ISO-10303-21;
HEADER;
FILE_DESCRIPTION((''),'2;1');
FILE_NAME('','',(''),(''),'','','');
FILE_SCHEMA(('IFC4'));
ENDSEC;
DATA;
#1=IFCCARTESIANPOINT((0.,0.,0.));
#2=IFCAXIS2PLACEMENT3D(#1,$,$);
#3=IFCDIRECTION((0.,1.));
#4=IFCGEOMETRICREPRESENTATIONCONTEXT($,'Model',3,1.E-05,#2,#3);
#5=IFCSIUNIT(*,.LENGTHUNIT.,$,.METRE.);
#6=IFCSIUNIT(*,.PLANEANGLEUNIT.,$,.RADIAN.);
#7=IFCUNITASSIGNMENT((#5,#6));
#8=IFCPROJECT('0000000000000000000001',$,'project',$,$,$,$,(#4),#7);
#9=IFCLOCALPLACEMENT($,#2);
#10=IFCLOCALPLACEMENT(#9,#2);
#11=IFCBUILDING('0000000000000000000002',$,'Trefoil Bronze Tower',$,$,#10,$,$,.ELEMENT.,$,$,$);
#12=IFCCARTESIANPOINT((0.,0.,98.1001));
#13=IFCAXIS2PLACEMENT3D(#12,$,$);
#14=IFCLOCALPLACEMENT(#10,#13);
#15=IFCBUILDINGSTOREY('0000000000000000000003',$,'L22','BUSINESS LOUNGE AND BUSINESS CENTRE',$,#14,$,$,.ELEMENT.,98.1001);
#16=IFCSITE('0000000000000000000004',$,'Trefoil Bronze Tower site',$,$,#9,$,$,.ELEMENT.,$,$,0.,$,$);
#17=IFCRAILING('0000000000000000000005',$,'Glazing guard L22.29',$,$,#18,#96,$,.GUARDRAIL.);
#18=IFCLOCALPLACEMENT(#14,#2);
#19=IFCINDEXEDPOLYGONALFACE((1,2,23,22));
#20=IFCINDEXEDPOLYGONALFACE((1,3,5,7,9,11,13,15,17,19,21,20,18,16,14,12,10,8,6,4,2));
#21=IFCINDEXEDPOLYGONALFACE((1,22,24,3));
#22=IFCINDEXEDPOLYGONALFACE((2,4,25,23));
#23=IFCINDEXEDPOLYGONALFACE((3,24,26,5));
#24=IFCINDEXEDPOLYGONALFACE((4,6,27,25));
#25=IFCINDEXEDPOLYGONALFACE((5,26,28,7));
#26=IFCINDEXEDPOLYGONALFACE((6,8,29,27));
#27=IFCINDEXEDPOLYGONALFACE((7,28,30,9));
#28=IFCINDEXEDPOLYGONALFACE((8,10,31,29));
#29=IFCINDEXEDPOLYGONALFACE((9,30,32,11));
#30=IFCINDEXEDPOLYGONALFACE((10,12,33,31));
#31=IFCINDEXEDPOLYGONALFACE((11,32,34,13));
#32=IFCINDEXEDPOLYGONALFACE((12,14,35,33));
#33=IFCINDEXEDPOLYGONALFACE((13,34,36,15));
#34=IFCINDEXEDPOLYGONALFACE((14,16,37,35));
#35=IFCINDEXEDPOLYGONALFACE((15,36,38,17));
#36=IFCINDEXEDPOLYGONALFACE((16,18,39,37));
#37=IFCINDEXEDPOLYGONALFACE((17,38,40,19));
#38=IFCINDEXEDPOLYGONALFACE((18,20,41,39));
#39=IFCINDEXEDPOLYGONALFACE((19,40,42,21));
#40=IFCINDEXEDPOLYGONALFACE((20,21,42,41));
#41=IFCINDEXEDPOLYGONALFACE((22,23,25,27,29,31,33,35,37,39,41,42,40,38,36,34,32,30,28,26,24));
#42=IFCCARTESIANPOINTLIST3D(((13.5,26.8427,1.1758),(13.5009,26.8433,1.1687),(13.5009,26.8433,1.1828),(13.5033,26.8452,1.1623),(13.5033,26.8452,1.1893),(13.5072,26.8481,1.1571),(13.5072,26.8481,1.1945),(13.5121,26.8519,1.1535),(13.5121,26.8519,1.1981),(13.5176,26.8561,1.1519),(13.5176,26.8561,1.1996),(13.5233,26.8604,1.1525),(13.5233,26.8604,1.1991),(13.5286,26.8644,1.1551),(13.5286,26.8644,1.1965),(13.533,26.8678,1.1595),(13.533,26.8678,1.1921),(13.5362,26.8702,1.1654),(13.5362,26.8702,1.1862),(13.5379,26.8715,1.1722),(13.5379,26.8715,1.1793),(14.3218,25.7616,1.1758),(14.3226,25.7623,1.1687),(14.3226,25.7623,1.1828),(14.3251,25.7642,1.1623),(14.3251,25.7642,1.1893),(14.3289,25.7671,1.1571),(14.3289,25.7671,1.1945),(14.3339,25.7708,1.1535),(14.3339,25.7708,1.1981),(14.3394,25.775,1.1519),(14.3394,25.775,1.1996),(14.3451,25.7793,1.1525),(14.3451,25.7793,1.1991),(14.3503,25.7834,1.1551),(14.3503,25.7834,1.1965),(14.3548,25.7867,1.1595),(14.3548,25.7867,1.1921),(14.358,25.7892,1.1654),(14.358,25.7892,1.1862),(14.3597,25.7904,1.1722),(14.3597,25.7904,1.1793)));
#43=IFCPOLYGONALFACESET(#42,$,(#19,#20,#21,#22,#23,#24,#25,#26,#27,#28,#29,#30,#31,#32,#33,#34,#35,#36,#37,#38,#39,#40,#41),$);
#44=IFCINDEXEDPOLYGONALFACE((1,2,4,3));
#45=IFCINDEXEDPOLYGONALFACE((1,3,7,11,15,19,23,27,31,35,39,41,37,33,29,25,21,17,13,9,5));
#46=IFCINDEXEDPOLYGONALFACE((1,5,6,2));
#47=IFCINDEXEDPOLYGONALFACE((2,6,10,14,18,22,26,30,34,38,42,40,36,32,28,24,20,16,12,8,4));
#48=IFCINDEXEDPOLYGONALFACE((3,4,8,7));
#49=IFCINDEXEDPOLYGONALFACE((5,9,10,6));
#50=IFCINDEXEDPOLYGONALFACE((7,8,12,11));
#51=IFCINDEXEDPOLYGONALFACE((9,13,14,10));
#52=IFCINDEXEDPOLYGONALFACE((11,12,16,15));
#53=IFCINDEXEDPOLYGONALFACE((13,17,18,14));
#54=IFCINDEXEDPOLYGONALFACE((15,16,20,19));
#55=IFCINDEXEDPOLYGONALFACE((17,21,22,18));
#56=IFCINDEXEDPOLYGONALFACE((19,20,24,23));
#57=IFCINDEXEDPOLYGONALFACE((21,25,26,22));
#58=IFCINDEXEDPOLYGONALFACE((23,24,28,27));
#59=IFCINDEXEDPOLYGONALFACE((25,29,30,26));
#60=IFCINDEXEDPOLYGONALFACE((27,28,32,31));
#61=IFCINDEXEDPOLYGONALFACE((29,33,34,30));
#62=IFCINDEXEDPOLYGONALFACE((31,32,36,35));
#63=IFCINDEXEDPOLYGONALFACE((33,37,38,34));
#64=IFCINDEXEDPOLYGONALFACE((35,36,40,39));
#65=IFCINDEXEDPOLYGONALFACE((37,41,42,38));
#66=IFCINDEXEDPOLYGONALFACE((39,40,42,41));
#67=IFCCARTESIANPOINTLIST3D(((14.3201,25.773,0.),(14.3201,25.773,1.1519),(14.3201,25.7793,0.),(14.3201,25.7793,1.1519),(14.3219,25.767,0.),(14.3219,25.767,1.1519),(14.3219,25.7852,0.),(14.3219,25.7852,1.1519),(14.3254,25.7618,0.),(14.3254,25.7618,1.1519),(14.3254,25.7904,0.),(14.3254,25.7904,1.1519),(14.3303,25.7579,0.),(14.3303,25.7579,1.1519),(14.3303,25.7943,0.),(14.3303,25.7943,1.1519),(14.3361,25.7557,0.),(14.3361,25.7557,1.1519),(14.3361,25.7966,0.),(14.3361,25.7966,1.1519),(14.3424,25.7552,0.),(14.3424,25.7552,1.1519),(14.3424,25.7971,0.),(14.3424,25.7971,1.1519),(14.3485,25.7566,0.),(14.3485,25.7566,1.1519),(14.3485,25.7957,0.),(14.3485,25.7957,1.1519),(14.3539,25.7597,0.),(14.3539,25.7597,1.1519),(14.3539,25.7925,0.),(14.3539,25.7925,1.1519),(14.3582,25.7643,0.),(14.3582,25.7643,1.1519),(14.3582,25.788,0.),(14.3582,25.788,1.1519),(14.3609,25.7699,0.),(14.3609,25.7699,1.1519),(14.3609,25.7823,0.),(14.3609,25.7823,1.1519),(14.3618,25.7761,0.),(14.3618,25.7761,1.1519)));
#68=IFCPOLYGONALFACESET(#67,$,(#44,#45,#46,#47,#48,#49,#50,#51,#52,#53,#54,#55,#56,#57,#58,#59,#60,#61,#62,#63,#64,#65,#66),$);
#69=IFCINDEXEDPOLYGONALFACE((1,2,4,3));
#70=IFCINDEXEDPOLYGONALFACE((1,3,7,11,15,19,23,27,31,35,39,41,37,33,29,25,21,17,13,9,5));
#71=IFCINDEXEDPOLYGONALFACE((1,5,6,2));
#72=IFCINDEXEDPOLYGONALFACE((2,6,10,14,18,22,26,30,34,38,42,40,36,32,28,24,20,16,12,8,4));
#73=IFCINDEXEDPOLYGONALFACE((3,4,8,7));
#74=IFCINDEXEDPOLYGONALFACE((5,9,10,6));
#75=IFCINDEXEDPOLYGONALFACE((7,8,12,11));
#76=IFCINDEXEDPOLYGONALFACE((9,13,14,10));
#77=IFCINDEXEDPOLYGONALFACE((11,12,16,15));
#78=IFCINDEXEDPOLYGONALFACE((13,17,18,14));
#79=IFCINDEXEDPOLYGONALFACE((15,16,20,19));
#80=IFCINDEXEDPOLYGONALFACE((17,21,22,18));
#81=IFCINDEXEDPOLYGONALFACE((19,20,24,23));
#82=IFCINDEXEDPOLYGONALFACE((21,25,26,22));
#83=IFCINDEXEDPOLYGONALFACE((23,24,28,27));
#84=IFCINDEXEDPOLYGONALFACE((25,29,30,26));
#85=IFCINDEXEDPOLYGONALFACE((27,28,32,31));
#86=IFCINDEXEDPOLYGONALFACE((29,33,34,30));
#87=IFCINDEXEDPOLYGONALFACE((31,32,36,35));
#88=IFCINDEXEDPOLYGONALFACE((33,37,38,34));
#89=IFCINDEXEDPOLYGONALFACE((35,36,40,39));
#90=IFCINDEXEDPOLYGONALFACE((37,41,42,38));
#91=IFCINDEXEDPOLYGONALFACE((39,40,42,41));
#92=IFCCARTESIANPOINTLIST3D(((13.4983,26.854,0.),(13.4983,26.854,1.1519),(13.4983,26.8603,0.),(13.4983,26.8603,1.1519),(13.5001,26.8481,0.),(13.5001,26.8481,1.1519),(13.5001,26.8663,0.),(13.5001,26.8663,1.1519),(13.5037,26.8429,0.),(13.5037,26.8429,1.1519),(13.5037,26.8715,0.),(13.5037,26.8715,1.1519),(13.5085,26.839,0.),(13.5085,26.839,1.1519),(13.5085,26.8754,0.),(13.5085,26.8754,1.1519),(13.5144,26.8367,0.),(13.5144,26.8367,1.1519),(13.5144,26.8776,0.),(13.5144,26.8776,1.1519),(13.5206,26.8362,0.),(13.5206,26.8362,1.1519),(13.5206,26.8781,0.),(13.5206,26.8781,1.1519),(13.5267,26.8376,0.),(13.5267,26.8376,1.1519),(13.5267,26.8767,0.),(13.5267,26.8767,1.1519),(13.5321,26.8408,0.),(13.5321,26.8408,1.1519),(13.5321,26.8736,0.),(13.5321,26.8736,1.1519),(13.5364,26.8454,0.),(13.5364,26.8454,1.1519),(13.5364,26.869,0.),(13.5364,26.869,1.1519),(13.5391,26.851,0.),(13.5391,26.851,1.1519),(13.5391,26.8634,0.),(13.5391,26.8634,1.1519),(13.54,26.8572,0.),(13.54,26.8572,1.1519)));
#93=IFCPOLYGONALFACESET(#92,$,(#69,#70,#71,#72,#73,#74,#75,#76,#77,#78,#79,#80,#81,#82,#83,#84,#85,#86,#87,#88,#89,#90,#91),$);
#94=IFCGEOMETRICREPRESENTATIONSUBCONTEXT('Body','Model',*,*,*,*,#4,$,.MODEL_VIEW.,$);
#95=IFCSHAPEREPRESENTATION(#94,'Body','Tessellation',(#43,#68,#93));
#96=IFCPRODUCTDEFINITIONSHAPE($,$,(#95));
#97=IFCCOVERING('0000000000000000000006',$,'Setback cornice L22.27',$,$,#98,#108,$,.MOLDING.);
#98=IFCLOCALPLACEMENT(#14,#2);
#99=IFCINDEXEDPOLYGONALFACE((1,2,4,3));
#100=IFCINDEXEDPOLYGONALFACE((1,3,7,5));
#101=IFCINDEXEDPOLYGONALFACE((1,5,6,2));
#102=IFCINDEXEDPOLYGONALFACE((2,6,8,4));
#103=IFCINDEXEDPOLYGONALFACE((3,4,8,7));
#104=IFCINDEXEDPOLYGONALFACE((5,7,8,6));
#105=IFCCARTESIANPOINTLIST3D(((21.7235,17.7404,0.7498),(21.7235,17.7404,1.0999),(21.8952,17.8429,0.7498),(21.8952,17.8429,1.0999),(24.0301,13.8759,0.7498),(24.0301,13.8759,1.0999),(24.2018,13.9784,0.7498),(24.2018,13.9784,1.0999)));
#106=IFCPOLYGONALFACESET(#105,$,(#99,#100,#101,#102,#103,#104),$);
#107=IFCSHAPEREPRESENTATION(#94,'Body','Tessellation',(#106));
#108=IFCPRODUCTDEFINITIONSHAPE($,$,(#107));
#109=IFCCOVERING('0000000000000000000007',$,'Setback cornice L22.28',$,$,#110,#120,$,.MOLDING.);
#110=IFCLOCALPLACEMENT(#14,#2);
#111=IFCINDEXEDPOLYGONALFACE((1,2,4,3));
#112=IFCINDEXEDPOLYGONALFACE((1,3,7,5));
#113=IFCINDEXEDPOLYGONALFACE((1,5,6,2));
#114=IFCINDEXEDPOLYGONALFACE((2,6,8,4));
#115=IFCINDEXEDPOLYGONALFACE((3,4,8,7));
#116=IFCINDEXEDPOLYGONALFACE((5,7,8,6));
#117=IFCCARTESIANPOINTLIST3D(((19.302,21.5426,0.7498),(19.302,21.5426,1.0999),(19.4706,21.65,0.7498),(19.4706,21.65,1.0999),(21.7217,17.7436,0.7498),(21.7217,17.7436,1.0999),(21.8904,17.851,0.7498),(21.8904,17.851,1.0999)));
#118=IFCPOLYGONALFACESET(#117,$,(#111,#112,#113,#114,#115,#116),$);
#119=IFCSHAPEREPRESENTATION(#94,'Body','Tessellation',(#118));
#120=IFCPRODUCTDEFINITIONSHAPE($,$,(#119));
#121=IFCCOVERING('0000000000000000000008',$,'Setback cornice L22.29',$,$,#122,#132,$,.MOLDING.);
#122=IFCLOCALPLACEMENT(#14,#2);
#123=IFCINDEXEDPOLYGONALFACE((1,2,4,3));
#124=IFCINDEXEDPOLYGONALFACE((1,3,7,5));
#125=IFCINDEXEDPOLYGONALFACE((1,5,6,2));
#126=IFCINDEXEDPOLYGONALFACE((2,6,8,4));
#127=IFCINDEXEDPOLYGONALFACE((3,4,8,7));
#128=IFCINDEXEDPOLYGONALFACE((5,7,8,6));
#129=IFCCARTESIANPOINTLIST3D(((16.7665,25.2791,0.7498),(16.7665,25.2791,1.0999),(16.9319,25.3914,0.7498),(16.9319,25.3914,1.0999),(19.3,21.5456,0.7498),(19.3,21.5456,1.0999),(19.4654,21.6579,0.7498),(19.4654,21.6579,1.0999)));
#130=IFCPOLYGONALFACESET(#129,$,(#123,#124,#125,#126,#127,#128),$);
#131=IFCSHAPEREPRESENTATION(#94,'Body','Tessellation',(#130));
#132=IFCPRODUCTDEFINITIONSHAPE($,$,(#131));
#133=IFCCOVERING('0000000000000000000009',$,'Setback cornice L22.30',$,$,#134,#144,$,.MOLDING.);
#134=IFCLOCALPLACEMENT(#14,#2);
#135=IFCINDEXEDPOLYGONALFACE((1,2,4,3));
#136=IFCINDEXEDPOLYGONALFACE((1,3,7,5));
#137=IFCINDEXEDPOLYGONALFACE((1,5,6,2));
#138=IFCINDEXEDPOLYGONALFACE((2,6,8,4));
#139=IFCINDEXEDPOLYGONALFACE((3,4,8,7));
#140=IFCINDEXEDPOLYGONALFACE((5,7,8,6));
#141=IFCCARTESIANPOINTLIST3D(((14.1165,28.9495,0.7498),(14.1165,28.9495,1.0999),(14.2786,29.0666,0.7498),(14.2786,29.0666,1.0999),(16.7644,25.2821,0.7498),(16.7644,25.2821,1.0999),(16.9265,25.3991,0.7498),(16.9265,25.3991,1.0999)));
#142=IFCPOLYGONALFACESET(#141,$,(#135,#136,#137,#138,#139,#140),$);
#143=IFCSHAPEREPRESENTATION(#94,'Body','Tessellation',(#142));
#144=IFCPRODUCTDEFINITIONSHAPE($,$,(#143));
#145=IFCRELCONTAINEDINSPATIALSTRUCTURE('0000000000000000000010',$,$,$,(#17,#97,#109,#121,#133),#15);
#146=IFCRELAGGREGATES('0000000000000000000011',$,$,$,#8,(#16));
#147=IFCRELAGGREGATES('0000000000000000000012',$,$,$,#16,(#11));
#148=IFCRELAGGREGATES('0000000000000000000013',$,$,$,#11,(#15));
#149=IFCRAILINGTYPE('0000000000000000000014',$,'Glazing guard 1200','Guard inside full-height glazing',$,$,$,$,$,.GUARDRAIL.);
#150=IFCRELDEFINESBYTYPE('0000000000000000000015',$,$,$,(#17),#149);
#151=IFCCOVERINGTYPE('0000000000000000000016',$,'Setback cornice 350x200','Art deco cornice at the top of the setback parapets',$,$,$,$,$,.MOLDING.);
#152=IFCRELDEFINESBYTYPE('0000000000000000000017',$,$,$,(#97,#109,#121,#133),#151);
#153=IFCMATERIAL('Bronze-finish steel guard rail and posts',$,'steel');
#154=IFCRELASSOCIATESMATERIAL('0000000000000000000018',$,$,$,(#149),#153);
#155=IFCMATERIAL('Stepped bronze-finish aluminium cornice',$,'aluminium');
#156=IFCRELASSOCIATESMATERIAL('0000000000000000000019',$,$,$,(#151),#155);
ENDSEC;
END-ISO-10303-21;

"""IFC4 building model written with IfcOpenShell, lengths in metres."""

from ifc_helpers import new_model, si_unit, direction, frame, origin, origin_2d, place, context, subcontext, project, spatial, rectangle, circle, extrude, material, type_object, element, save


model = new_model("IFC4")

# Units and contexts
model_context = context("Model", 3, precision=1e-05, world=origin(), true_north=direction((0.0, 1.0)))
body_context = subcontext(model_context, "Body", "Model", "MODEL_VIEW")
ifc_project = project(units=[si_unit("LENGTHUNIT", "METRE"), si_unit("PLANEANGLEUNIT", "RADIAN")], contexts=[model_context])

# Site, building, storey
site_placement = place(None, origin())
site = spatial("IfcSite", under=ifc_project, at=site_placement, Name="Trefoil Bronze Tower site", CompositionType="ELEMENT", RefElevation=0.0)
building_placement = place(site_placement, origin())
building = spatial("IfcBuilding", under=site, at=building_placement, Name="Trefoil Bronze Tower", CompositionType="ELEMENT")
storey_placement = place(building_placement, frame((0.0, 0.0, 98.1001)))
storey = spatial("IfcBuildingStorey", under=building, at=storey_placement, Name="L22", Description="BUSINESS LOUNGE AND BUSINESS CENTRE", CompositionType="ELEMENT", Elevation=98.1001)

# Railing
ifc_material_1 = material(Name="Bronze-finish steel guard rail and posts", Category="steel")
railing_type_1 = type_object("IfcRailingType", Name="Glazing guard 1200", Description="Guard inside full-height glazing", PredefinedType="GUARDRAIL", material=ifc_material_1)
railing_1_placement = place(storey_placement, frame((14.3408, 25.7761, 0.0)))
element("IfcRailing", 1, at=railing_1_placement, inside=storey, type_object=railing_type_1, Name="Glazing guard L22.29", PredefinedType="GUARDRAIL", context=body_context, shape_type="SweptSolid", body=[
    extrude(circle(Radius=0.0239, at=origin_2d()), frame((0.0, 0.0, 1.1758), z_axis=(-0.605165, 0.7961, 0.0), x_axis=(-0.7961, -0.605165, 0.0)), (0.0, 0.0, 1.0), 1.3579),
    extrude(circle(Radius=0.021, at=origin_2d()), origin(), (0.0, 0.0, 1.0), 1.1519),
    extrude(circle(Radius=0.021, at=origin_2d()), frame((-0.8218, 1.0811, 0.0)), (0.0, 0.0, 1.0), 1.1519),
])

# Coverings
ifc_material_2 = material(Name="Stepped bronze-finish aluminium cornice", Category="aluminium")
covering_type = type_object("IfcCoveringType", Name="Setback cornice 350x200", Description="Art deco cornice at the top of the setback parapets", PredefinedType="MOLDING", material=ifc_material_2)
covering_1_placement = place(storey_placement, frame((22.9626, 15.8594, 0.7498), z_axis=(0.0, 0.0, 1.0), x_axis=(-0.512513, 0.85868, 0.0)))
element("IfcCovering", 2, at=covering_1_placement, inside=storey, type_object=covering_type, Name="Setback cornice L22.27", PredefinedType="MOLDING", context=body_context, shape_type="SweptSolid", body=[
    extrude(rectangle(XDim=4.5005, YDim=0.2, at=origin_2d()), origin(), (0.0, 0.0, 1.0), 0.3501),
])
covering_2_placement = place(storey_placement, frame((20.5962, 19.6968, 0.7498), z_axis=(0.0, 0.0, 1.0), x_axis=(-0.537222, 0.843441, 0.0)))
element("IfcCovering", 3, at=covering_2_placement, inside=storey, type_object=covering_type, Name="Setback cornice L22.28", PredefinedType="MOLDING", context=body_context, shape_type="SweptSolid", body=[
    extrude(rectangle(XDim=4.5042, YDim=0.2, at=origin_2d()), origin(), (0.0, 0.0, 1.0), 0.3501),
])
covering_3_placement = place(storey_placement, frame((18.116, 23.4685, 0.7498), z_axis=(0.0, 0.0, 1.0), x_axis=(-0.56151, 0.82747, 0.0)))
element("IfcCovering", 4, at=covering_3_placement, inside=storey, type_object=covering_type, Name="Setback cornice L22.29", PredefinedType="MOLDING", context=body_context, shape_type="SweptSolid", body=[
    extrude(rectangle(XDim=4.512, YDim=0.2, at=origin_2d()), origin(), (0.0, 0.0, 1.0), 0.3501),
])
covering_4_placement = place(storey_placement, frame((15.5215, 27.1743, 0.7498), z_axis=(0.0, 0.0, 1.0), x_axis=(-0.585373, 0.810764, 0.0)))
element("IfcCovering", 5, at=covering_4_placement, inside=storey, type_object=covering_type, Name="Setback cornice L22.30", PredefinedType="MOLDING", context=body_context, shape_type="SweptSolid", body=[
    extrude(rectangle(XDim=4.5234, YDim=0.2, at=origin_2d()), origin(), (0.0, 0.0, 1.0), 0.3501),
])

save(model, "model.ifc")
